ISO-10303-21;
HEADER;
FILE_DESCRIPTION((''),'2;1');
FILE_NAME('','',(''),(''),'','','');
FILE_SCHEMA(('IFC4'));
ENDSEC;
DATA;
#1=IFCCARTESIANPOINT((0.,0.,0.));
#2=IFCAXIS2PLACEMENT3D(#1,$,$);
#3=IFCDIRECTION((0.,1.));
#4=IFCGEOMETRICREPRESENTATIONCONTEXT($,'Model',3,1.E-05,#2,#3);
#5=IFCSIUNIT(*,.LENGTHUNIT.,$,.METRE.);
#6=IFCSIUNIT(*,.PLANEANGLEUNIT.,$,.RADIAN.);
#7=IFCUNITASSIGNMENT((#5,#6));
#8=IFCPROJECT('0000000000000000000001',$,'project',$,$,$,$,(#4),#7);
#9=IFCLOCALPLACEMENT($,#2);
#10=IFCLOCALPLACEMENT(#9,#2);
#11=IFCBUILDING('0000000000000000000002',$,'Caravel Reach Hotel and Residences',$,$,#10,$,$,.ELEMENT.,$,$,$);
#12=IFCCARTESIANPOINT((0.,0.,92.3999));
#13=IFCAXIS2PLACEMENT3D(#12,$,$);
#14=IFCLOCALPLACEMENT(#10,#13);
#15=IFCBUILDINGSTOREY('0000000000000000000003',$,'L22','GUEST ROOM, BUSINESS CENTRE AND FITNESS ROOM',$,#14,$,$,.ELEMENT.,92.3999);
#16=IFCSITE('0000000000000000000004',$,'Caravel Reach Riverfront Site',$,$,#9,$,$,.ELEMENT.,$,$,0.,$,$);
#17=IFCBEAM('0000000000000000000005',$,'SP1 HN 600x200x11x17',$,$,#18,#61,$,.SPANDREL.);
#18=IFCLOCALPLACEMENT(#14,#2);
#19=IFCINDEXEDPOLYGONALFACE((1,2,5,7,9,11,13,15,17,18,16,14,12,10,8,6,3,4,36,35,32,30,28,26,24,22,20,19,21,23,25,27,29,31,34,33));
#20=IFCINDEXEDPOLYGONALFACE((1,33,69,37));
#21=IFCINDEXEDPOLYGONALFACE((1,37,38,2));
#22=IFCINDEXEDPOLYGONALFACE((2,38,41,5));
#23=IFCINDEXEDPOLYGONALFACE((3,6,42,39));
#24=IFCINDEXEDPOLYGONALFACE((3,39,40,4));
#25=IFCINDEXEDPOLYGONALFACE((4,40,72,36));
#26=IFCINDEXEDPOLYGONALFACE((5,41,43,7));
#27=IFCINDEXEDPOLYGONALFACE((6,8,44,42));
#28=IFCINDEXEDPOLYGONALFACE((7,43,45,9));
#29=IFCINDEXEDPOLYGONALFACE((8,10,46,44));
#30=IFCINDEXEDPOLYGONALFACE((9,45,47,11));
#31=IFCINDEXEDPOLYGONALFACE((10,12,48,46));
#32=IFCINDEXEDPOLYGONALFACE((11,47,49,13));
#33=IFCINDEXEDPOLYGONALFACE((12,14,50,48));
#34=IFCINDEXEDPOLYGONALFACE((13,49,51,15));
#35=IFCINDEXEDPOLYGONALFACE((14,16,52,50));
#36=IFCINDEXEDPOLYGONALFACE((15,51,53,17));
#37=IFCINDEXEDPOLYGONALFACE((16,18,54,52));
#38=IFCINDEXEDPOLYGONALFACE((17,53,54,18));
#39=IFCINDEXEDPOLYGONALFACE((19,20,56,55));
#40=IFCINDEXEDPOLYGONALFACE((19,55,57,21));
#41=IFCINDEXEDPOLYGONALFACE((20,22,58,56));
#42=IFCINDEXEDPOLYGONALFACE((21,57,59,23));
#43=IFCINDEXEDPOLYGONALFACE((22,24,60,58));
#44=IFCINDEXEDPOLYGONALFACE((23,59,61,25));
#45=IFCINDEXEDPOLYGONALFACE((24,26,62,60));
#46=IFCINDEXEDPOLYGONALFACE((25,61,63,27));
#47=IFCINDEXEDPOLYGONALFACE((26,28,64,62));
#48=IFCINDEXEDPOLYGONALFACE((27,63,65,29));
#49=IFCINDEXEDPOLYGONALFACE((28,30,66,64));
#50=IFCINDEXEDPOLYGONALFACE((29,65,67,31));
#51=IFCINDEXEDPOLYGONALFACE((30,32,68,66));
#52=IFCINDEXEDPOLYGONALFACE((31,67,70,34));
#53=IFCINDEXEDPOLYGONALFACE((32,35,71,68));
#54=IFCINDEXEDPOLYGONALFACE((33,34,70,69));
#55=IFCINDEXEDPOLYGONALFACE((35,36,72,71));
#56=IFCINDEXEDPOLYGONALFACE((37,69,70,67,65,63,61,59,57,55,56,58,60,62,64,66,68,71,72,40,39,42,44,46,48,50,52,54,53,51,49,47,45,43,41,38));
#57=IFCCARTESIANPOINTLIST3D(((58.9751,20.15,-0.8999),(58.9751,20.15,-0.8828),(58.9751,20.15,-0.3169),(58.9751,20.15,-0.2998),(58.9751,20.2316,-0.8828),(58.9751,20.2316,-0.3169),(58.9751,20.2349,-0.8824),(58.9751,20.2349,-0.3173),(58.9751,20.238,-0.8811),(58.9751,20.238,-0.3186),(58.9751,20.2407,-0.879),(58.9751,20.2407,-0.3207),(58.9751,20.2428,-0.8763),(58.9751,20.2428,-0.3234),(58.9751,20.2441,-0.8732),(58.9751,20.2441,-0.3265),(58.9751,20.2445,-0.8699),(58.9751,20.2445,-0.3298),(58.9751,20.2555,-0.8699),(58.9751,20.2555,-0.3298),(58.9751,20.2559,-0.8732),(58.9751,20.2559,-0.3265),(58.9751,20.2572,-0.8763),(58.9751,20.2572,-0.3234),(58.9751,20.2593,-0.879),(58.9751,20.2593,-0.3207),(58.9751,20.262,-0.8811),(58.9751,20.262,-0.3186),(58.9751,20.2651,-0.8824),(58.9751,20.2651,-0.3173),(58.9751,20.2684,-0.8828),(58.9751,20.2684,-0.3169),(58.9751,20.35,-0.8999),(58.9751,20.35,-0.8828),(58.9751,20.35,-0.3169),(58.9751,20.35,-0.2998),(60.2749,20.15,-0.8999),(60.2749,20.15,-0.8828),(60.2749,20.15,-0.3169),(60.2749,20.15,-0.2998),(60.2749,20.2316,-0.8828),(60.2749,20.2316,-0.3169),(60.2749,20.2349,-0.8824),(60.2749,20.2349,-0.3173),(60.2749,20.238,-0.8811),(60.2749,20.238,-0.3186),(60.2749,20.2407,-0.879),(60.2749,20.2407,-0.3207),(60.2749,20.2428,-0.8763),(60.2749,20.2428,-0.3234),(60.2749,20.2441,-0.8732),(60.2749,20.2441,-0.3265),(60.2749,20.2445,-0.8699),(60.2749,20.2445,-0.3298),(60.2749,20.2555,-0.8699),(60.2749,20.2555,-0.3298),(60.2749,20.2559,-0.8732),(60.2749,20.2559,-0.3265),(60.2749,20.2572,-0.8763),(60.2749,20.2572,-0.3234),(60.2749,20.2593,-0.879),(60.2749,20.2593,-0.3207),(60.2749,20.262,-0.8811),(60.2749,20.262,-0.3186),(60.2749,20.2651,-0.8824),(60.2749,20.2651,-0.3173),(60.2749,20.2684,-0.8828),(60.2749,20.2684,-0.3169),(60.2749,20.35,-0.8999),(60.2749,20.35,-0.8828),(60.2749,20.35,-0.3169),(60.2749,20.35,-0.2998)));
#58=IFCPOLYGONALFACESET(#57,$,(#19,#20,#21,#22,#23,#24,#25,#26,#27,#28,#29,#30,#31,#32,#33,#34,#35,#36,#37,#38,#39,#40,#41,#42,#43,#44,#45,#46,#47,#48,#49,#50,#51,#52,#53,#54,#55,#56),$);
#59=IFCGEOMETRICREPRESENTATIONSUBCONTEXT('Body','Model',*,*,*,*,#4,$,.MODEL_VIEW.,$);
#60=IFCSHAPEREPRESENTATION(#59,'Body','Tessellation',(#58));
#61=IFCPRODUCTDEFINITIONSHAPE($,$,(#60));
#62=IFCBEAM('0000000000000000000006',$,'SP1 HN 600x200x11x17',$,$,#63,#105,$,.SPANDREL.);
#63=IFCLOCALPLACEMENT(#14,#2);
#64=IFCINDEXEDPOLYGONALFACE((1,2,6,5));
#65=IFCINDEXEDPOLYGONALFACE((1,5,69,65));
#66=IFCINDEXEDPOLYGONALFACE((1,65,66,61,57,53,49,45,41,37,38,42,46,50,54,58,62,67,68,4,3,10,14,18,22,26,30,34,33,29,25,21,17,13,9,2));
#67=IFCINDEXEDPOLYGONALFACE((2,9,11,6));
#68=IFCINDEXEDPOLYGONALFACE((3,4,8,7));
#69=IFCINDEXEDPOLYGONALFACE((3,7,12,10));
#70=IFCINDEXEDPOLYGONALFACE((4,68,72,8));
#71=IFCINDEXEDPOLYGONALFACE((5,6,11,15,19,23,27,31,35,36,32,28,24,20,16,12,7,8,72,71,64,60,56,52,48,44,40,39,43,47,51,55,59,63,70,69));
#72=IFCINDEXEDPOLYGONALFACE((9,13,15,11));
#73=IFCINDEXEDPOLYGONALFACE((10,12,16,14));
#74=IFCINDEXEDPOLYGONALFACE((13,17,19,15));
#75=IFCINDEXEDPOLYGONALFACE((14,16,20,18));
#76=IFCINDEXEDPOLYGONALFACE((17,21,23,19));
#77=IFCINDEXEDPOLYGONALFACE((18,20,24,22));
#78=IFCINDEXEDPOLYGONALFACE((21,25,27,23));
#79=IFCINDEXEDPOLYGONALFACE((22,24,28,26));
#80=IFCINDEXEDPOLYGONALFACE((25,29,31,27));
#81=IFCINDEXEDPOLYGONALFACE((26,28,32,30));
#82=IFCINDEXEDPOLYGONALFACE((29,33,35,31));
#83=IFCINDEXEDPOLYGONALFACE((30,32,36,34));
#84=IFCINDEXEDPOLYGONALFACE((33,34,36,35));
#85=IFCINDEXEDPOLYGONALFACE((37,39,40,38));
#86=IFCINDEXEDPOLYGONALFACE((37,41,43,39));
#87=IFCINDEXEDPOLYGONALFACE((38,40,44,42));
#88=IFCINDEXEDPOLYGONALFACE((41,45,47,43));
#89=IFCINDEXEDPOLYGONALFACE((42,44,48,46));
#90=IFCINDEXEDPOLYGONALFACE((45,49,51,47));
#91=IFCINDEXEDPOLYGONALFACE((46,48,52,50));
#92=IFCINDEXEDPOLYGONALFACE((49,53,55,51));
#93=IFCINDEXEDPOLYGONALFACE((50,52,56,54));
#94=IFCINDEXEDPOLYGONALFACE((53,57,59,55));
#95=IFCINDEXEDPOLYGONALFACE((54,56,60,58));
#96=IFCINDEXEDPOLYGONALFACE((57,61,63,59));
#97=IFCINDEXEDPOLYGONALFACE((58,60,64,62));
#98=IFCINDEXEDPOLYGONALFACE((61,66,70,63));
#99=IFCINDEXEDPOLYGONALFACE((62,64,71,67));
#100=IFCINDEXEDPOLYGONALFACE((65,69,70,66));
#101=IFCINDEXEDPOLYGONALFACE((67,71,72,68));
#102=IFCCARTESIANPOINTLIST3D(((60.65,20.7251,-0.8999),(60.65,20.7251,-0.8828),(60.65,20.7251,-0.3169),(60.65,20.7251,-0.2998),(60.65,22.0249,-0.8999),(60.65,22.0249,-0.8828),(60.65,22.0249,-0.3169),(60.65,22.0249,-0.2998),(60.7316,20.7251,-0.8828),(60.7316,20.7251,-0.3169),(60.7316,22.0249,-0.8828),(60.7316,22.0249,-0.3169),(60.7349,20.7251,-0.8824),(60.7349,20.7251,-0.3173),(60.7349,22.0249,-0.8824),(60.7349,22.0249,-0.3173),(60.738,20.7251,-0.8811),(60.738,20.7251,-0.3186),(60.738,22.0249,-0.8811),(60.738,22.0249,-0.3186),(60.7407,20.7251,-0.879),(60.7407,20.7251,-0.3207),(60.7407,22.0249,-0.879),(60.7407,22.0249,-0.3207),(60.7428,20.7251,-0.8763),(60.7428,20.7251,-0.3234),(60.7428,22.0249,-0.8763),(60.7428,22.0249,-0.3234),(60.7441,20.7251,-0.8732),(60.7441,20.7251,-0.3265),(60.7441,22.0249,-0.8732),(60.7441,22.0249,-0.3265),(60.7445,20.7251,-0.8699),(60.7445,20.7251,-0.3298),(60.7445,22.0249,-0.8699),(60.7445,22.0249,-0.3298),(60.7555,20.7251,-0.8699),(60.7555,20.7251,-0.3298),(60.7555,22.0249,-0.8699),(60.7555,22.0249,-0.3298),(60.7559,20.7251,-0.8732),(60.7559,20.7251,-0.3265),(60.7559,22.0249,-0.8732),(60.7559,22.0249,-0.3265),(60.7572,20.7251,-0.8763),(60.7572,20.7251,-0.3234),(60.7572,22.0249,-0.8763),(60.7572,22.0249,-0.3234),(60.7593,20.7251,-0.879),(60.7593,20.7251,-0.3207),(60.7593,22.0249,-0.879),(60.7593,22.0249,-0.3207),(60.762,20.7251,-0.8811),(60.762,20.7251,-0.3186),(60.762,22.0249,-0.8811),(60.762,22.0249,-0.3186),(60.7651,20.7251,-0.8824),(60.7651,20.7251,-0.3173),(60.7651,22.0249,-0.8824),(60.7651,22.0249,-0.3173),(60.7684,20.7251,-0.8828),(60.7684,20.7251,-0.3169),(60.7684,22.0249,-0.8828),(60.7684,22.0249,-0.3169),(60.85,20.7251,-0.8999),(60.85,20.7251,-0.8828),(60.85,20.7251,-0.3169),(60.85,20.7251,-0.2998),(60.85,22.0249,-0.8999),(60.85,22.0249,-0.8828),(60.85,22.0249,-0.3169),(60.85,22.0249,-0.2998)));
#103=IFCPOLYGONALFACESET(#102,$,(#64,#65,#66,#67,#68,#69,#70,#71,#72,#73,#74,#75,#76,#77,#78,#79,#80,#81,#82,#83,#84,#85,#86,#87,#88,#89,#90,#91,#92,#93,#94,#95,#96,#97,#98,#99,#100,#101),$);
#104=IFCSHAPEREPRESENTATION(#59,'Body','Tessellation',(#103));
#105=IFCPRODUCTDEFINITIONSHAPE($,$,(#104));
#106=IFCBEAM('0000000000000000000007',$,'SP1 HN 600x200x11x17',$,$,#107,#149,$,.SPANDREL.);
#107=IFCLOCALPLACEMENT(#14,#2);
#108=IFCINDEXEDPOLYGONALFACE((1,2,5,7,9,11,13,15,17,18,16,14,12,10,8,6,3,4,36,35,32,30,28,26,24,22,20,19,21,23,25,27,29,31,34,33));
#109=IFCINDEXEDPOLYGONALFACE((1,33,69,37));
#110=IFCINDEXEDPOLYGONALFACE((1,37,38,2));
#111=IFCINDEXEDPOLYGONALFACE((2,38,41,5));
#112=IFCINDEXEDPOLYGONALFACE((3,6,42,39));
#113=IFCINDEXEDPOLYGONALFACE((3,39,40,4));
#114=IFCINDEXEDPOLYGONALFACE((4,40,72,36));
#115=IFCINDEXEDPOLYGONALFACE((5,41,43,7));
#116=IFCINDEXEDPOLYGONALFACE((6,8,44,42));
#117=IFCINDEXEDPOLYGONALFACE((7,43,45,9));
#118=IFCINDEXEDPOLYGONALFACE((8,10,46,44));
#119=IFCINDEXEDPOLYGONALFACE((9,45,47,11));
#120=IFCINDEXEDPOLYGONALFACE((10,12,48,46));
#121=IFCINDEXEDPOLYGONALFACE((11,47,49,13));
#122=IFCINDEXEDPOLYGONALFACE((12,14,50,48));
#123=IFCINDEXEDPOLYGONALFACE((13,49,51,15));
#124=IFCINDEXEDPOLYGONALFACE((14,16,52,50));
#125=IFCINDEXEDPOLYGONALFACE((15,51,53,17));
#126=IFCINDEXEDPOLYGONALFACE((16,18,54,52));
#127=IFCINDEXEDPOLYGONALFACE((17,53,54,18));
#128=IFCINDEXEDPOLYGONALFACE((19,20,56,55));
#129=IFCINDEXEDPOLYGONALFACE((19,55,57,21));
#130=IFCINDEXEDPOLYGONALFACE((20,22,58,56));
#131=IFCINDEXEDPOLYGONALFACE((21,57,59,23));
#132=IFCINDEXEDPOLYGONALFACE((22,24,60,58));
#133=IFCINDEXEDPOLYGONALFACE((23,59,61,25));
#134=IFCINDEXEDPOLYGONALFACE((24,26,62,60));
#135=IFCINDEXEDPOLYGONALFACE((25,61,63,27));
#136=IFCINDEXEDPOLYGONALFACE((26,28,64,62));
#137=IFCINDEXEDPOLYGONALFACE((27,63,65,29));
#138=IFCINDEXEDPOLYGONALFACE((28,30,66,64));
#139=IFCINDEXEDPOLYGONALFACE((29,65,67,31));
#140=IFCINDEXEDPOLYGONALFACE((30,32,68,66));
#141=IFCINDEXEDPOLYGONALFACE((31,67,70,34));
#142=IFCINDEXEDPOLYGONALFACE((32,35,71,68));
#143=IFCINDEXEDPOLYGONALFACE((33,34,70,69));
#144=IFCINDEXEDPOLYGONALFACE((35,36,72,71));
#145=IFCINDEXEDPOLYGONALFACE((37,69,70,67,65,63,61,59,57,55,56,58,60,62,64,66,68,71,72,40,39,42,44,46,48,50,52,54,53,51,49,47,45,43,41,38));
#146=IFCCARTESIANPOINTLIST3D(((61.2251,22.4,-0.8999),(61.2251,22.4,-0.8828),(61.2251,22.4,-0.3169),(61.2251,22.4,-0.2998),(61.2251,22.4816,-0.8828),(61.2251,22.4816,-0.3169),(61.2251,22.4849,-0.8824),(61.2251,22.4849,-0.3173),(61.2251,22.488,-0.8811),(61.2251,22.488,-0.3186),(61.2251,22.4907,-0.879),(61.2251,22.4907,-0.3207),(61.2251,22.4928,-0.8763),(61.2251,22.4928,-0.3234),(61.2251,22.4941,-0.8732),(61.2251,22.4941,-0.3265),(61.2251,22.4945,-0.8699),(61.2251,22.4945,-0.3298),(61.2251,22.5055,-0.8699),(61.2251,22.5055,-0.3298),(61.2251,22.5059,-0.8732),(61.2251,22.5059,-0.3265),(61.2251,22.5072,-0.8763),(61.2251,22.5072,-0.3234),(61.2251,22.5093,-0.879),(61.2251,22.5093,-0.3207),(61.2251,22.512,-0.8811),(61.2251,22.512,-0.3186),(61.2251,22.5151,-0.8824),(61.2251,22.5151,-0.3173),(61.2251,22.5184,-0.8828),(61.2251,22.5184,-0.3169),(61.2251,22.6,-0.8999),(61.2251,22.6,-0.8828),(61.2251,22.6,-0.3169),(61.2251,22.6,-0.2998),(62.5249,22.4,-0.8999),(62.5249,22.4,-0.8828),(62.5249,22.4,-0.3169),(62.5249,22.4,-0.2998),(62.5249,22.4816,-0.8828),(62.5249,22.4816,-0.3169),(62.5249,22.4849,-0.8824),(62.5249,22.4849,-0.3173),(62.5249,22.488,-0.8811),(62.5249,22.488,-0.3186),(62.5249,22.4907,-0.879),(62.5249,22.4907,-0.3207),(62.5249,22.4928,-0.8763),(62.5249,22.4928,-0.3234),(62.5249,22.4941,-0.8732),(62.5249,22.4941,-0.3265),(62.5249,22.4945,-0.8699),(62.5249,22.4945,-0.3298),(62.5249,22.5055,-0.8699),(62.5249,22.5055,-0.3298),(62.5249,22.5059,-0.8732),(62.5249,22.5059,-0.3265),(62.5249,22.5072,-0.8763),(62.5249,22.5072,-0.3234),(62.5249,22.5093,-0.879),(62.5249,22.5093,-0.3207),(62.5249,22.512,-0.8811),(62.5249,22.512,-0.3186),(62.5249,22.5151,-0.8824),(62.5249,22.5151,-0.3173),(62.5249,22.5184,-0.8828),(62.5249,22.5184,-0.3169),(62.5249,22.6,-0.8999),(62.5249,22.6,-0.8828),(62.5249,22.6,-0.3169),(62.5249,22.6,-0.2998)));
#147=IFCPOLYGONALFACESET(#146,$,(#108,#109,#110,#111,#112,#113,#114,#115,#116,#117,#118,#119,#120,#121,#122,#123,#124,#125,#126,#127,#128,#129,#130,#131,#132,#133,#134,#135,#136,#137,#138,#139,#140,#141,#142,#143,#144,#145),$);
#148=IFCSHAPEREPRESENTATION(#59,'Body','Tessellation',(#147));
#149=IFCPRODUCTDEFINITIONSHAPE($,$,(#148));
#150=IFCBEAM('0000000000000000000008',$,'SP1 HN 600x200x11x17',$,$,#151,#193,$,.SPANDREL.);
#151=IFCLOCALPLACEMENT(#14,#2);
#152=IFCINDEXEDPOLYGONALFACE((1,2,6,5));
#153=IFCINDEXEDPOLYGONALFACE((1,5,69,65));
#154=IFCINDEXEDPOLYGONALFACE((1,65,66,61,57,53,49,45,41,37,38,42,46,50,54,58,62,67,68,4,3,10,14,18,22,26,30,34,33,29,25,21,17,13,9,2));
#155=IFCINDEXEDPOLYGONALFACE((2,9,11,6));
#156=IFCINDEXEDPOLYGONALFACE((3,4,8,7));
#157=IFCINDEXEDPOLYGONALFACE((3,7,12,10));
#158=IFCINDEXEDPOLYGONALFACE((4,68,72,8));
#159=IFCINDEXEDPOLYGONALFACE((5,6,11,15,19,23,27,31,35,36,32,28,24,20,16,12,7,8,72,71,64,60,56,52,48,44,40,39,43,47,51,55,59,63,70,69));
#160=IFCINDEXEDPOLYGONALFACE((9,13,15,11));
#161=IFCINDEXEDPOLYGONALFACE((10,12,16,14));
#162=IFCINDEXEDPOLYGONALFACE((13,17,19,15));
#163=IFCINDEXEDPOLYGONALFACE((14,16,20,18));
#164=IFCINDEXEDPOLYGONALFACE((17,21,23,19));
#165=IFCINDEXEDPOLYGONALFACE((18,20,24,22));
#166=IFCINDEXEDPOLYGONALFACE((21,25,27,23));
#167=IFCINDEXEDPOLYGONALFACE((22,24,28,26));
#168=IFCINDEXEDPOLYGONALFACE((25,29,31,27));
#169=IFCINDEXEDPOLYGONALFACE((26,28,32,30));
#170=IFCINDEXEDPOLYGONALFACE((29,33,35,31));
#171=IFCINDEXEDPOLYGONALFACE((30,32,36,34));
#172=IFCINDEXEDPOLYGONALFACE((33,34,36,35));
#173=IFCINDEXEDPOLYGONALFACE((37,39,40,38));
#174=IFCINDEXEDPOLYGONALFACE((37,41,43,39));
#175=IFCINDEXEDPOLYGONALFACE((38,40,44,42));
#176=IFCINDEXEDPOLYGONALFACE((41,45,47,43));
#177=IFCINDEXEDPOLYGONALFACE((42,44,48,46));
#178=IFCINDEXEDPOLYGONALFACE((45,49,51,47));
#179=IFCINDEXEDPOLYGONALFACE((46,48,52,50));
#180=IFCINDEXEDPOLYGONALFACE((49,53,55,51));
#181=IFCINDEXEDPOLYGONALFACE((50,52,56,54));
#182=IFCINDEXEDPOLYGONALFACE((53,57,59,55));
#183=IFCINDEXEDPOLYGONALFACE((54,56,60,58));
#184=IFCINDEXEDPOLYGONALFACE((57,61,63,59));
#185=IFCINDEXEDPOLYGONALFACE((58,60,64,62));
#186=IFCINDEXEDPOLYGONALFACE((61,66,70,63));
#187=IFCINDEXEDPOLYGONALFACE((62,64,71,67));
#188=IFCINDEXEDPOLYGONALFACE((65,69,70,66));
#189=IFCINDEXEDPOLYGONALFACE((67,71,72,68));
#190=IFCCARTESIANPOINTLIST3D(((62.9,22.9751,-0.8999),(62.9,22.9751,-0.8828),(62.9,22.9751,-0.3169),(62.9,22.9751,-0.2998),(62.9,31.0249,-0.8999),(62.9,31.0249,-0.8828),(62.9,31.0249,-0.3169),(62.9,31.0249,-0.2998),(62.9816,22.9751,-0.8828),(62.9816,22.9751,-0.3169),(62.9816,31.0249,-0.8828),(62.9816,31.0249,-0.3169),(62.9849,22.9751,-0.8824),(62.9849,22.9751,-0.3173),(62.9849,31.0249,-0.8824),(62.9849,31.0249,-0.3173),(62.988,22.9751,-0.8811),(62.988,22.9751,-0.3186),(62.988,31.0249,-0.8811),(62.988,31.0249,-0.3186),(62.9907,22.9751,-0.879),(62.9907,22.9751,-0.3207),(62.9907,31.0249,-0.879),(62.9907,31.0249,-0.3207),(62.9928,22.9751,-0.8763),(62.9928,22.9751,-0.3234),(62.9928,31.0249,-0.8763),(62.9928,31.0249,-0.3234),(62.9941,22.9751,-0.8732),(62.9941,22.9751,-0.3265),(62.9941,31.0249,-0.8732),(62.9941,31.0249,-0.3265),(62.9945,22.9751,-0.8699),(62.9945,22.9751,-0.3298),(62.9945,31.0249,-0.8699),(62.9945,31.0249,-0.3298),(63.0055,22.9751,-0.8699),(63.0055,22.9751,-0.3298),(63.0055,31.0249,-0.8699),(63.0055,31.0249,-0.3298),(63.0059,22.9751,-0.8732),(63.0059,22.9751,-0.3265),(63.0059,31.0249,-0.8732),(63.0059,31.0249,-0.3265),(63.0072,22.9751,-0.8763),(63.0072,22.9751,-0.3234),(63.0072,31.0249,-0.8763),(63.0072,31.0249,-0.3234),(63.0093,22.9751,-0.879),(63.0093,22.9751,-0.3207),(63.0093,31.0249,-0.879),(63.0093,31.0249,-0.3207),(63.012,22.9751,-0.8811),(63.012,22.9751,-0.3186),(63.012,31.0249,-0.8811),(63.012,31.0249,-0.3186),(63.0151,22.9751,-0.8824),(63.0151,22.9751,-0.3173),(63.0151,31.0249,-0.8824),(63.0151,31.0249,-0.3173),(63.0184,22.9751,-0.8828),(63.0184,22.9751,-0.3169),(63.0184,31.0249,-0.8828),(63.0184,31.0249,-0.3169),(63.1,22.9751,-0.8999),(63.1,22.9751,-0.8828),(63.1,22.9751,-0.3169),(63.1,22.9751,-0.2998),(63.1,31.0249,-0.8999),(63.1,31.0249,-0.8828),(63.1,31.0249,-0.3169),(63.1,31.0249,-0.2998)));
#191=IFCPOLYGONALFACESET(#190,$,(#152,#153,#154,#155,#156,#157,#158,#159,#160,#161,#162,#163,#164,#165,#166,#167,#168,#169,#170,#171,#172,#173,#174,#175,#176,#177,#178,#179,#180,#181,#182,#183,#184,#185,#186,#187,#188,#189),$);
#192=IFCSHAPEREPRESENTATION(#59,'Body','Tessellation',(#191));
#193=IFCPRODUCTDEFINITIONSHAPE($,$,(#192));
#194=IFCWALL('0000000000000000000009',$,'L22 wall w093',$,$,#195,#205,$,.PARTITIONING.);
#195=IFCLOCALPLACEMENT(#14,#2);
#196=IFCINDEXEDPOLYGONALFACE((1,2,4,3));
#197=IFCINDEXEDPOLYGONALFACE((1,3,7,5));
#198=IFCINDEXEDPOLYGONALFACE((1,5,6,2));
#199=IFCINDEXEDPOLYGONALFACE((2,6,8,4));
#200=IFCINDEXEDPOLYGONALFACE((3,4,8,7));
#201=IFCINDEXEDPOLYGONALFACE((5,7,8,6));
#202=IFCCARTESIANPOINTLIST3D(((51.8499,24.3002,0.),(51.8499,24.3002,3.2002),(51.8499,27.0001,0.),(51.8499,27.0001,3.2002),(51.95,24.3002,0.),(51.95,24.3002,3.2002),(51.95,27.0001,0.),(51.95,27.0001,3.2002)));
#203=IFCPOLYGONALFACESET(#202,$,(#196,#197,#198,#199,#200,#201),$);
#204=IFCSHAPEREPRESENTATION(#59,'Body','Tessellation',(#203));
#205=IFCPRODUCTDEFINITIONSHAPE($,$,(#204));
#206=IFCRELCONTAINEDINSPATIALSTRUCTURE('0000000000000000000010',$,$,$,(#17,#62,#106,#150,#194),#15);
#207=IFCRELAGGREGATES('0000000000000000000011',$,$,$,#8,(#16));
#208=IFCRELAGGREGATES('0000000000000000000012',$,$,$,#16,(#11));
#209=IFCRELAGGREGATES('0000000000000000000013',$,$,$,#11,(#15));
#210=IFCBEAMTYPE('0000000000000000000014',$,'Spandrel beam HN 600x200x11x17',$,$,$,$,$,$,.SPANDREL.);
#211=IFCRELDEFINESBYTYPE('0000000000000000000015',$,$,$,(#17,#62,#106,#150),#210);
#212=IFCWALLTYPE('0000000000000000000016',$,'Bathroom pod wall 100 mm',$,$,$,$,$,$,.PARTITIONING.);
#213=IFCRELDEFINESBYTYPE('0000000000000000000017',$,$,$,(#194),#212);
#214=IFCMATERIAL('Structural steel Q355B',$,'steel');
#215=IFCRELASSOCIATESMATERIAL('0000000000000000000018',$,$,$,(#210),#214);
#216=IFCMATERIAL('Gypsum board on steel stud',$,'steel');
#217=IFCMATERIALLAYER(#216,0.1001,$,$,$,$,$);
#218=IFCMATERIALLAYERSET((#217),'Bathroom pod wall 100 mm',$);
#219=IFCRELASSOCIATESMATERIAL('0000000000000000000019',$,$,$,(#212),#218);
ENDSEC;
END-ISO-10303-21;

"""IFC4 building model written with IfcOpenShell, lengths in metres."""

from ifc_helpers import new_model, si_unit, direction, frame, frame_2d, origin, origin_2d, place, context, subcontext, project, spatial, rectangle, i_section, extrude, material, layer, layer_set, material_profile, profile_set, type_object, element, save


model = new_model("IFC4")

# Units and contexts
model_context = context("Model", 3, precision=1e-05, world=origin(), true_north=direction((0.0, 1.0)))
body_context = subcontext(model_context, "Body", "Model", "MODEL_VIEW")
ifc_project = project(units=[si_unit("LENGTHUNIT", "METRE"), si_unit("PLANEANGLEUNIT", "RADIAN")], contexts=[model_context])

# Site, building, storey
site_placement = place(None, origin())
site = spatial("IfcSite", under=ifc_project, at=site_placement, Name="Caravel Reach Riverfront Site", CompositionType="ELEMENT", RefElevation=0.0)
building_placement = place(site_placement, origin())
building = spatial("IfcBuilding", under=site, at=building_placement, Name="Caravel Reach Hotel and Residences", CompositionType="ELEMENT")
storey_placement = place(building_placement, frame((0.0, 0.0, 92.3999)))
storey = spatial("IfcBuildingStorey", under=building, at=storey_placement, Name="L22", Description="GUEST ROOM, BUSINESS CENTRE AND FITNESS ROOM", CompositionType="ELEMENT", Elevation=92.3999)

# Beams
ifc_material_1 = material(Name="Structural steel Q355B", Category="steel")
ifc_material_profile_1 = material_profile(ifc_material_1, i_section(OverallWidth=0.2, OverallDepth=0.6001, WebThickness=0.011, FlangeThickness=0.0171, FilletRadius=0.0129, at=origin_2d()), Name="HN 600x200x11x17")
ifc_profile_set_1 = profile_set([ifc_material_profile_1], Name="Structural steel Q355B")
beam_type = type_object("IfcBeamType", Name="Spandrel beam HN 600x200x11x17", PredefinedType="SPANDREL", material=ifc_profile_set_1)
for number, where, z_axis, x_axis, name in (
    (1, (58.9751, 20.25, -0.5999), (1.0, 0.0, 0.0), (0.0, 1.0, 0.0), "SP1 HN 600x200x11x17"),
    (2, (60.75, 20.7251, -0.5999), (0.0, 1.0, 0.0), (-1.0, 0.0, 0.0), "SP1 HN 600x200x11x17"),
    (3, (61.2251, 22.5, -0.5999), (1.0, 0.0, 0.0), (0.0, 1.0, 0.0), "SP1 HN 600x200x11x17"),
):
    element("IfcBeam", number, at=place(storey_placement, frame(where, z_axis=z_axis, x_axis=x_axis)), inside=storey, type_object=beam_type, Name=name, PredefinedType="SPANDREL", context=body_context, shape_type="SweptSolid", body=[
        extrude(i_section(OverallWidth=0.2, OverallDepth=0.6001, WebThickness=0.011, FlangeThickness=0.0171, FilletRadius=0.0129, at=origin_2d()), origin(), (0.0, 0.0, 1.0), 1.2998),
    ])
beam_1_placement = place(storey_placement, frame((63.0, 22.9751, -0.5999), z_axis=(0.0, 1.0, 0.0), x_axis=(-1.0, 0.0, 0.0)))
element("IfcBeam", 4, at=beam_1_placement, inside=storey, type_object=beam_type, Name="SP1 HN 600x200x11x17", PredefinedType="SPANDREL", context=body_context, shape_type="SweptSolid", body=[
    extrude(i_section(OverallWidth=0.2, OverallDepth=0.6001, WebThickness=0.011, FlangeThickness=0.0171, FilletRadius=0.0129, at=origin_2d()), origin(), (0.0, 0.0, 1.0), 8.0498),
])

# Wall
ifc_material_2 = material(Name="Gypsum board on steel stud", Category="steel")
ifc_layer_1 = layer(ifc_material_2, 0.1001)
ifc_layer_set_1 = layer_set([ifc_layer_1], Name="Bathroom pod wall 100 mm")
wall_type_1 = type_object("IfcWallType", Name="Bathroom pod wall 100 mm", PredefinedType="PARTITIONING", material=ifc_layer_set_1)
wall_1_placement = place(storey_placement, frame((51.8999, 24.3, 0.0), z_axis=(0.0, 0.0, 1.0), x_axis=(0.0, 1.0, 0.0)))
element("IfcWall", 5, at=wall_1_placement, inside=storey, type_object=wall_type_1, Name="L22 wall w093", PredefinedType="PARTITIONING", context=body_context, shape_type="SweptSolid", body=[
    extrude(rectangle(XDim=2.7, YDim=0.1001, at=frame_2d((1.3501, 0.0))), origin(), (0.0, 0.0, 1.0), 3.2002),
])

save(model, "model.ifc")
